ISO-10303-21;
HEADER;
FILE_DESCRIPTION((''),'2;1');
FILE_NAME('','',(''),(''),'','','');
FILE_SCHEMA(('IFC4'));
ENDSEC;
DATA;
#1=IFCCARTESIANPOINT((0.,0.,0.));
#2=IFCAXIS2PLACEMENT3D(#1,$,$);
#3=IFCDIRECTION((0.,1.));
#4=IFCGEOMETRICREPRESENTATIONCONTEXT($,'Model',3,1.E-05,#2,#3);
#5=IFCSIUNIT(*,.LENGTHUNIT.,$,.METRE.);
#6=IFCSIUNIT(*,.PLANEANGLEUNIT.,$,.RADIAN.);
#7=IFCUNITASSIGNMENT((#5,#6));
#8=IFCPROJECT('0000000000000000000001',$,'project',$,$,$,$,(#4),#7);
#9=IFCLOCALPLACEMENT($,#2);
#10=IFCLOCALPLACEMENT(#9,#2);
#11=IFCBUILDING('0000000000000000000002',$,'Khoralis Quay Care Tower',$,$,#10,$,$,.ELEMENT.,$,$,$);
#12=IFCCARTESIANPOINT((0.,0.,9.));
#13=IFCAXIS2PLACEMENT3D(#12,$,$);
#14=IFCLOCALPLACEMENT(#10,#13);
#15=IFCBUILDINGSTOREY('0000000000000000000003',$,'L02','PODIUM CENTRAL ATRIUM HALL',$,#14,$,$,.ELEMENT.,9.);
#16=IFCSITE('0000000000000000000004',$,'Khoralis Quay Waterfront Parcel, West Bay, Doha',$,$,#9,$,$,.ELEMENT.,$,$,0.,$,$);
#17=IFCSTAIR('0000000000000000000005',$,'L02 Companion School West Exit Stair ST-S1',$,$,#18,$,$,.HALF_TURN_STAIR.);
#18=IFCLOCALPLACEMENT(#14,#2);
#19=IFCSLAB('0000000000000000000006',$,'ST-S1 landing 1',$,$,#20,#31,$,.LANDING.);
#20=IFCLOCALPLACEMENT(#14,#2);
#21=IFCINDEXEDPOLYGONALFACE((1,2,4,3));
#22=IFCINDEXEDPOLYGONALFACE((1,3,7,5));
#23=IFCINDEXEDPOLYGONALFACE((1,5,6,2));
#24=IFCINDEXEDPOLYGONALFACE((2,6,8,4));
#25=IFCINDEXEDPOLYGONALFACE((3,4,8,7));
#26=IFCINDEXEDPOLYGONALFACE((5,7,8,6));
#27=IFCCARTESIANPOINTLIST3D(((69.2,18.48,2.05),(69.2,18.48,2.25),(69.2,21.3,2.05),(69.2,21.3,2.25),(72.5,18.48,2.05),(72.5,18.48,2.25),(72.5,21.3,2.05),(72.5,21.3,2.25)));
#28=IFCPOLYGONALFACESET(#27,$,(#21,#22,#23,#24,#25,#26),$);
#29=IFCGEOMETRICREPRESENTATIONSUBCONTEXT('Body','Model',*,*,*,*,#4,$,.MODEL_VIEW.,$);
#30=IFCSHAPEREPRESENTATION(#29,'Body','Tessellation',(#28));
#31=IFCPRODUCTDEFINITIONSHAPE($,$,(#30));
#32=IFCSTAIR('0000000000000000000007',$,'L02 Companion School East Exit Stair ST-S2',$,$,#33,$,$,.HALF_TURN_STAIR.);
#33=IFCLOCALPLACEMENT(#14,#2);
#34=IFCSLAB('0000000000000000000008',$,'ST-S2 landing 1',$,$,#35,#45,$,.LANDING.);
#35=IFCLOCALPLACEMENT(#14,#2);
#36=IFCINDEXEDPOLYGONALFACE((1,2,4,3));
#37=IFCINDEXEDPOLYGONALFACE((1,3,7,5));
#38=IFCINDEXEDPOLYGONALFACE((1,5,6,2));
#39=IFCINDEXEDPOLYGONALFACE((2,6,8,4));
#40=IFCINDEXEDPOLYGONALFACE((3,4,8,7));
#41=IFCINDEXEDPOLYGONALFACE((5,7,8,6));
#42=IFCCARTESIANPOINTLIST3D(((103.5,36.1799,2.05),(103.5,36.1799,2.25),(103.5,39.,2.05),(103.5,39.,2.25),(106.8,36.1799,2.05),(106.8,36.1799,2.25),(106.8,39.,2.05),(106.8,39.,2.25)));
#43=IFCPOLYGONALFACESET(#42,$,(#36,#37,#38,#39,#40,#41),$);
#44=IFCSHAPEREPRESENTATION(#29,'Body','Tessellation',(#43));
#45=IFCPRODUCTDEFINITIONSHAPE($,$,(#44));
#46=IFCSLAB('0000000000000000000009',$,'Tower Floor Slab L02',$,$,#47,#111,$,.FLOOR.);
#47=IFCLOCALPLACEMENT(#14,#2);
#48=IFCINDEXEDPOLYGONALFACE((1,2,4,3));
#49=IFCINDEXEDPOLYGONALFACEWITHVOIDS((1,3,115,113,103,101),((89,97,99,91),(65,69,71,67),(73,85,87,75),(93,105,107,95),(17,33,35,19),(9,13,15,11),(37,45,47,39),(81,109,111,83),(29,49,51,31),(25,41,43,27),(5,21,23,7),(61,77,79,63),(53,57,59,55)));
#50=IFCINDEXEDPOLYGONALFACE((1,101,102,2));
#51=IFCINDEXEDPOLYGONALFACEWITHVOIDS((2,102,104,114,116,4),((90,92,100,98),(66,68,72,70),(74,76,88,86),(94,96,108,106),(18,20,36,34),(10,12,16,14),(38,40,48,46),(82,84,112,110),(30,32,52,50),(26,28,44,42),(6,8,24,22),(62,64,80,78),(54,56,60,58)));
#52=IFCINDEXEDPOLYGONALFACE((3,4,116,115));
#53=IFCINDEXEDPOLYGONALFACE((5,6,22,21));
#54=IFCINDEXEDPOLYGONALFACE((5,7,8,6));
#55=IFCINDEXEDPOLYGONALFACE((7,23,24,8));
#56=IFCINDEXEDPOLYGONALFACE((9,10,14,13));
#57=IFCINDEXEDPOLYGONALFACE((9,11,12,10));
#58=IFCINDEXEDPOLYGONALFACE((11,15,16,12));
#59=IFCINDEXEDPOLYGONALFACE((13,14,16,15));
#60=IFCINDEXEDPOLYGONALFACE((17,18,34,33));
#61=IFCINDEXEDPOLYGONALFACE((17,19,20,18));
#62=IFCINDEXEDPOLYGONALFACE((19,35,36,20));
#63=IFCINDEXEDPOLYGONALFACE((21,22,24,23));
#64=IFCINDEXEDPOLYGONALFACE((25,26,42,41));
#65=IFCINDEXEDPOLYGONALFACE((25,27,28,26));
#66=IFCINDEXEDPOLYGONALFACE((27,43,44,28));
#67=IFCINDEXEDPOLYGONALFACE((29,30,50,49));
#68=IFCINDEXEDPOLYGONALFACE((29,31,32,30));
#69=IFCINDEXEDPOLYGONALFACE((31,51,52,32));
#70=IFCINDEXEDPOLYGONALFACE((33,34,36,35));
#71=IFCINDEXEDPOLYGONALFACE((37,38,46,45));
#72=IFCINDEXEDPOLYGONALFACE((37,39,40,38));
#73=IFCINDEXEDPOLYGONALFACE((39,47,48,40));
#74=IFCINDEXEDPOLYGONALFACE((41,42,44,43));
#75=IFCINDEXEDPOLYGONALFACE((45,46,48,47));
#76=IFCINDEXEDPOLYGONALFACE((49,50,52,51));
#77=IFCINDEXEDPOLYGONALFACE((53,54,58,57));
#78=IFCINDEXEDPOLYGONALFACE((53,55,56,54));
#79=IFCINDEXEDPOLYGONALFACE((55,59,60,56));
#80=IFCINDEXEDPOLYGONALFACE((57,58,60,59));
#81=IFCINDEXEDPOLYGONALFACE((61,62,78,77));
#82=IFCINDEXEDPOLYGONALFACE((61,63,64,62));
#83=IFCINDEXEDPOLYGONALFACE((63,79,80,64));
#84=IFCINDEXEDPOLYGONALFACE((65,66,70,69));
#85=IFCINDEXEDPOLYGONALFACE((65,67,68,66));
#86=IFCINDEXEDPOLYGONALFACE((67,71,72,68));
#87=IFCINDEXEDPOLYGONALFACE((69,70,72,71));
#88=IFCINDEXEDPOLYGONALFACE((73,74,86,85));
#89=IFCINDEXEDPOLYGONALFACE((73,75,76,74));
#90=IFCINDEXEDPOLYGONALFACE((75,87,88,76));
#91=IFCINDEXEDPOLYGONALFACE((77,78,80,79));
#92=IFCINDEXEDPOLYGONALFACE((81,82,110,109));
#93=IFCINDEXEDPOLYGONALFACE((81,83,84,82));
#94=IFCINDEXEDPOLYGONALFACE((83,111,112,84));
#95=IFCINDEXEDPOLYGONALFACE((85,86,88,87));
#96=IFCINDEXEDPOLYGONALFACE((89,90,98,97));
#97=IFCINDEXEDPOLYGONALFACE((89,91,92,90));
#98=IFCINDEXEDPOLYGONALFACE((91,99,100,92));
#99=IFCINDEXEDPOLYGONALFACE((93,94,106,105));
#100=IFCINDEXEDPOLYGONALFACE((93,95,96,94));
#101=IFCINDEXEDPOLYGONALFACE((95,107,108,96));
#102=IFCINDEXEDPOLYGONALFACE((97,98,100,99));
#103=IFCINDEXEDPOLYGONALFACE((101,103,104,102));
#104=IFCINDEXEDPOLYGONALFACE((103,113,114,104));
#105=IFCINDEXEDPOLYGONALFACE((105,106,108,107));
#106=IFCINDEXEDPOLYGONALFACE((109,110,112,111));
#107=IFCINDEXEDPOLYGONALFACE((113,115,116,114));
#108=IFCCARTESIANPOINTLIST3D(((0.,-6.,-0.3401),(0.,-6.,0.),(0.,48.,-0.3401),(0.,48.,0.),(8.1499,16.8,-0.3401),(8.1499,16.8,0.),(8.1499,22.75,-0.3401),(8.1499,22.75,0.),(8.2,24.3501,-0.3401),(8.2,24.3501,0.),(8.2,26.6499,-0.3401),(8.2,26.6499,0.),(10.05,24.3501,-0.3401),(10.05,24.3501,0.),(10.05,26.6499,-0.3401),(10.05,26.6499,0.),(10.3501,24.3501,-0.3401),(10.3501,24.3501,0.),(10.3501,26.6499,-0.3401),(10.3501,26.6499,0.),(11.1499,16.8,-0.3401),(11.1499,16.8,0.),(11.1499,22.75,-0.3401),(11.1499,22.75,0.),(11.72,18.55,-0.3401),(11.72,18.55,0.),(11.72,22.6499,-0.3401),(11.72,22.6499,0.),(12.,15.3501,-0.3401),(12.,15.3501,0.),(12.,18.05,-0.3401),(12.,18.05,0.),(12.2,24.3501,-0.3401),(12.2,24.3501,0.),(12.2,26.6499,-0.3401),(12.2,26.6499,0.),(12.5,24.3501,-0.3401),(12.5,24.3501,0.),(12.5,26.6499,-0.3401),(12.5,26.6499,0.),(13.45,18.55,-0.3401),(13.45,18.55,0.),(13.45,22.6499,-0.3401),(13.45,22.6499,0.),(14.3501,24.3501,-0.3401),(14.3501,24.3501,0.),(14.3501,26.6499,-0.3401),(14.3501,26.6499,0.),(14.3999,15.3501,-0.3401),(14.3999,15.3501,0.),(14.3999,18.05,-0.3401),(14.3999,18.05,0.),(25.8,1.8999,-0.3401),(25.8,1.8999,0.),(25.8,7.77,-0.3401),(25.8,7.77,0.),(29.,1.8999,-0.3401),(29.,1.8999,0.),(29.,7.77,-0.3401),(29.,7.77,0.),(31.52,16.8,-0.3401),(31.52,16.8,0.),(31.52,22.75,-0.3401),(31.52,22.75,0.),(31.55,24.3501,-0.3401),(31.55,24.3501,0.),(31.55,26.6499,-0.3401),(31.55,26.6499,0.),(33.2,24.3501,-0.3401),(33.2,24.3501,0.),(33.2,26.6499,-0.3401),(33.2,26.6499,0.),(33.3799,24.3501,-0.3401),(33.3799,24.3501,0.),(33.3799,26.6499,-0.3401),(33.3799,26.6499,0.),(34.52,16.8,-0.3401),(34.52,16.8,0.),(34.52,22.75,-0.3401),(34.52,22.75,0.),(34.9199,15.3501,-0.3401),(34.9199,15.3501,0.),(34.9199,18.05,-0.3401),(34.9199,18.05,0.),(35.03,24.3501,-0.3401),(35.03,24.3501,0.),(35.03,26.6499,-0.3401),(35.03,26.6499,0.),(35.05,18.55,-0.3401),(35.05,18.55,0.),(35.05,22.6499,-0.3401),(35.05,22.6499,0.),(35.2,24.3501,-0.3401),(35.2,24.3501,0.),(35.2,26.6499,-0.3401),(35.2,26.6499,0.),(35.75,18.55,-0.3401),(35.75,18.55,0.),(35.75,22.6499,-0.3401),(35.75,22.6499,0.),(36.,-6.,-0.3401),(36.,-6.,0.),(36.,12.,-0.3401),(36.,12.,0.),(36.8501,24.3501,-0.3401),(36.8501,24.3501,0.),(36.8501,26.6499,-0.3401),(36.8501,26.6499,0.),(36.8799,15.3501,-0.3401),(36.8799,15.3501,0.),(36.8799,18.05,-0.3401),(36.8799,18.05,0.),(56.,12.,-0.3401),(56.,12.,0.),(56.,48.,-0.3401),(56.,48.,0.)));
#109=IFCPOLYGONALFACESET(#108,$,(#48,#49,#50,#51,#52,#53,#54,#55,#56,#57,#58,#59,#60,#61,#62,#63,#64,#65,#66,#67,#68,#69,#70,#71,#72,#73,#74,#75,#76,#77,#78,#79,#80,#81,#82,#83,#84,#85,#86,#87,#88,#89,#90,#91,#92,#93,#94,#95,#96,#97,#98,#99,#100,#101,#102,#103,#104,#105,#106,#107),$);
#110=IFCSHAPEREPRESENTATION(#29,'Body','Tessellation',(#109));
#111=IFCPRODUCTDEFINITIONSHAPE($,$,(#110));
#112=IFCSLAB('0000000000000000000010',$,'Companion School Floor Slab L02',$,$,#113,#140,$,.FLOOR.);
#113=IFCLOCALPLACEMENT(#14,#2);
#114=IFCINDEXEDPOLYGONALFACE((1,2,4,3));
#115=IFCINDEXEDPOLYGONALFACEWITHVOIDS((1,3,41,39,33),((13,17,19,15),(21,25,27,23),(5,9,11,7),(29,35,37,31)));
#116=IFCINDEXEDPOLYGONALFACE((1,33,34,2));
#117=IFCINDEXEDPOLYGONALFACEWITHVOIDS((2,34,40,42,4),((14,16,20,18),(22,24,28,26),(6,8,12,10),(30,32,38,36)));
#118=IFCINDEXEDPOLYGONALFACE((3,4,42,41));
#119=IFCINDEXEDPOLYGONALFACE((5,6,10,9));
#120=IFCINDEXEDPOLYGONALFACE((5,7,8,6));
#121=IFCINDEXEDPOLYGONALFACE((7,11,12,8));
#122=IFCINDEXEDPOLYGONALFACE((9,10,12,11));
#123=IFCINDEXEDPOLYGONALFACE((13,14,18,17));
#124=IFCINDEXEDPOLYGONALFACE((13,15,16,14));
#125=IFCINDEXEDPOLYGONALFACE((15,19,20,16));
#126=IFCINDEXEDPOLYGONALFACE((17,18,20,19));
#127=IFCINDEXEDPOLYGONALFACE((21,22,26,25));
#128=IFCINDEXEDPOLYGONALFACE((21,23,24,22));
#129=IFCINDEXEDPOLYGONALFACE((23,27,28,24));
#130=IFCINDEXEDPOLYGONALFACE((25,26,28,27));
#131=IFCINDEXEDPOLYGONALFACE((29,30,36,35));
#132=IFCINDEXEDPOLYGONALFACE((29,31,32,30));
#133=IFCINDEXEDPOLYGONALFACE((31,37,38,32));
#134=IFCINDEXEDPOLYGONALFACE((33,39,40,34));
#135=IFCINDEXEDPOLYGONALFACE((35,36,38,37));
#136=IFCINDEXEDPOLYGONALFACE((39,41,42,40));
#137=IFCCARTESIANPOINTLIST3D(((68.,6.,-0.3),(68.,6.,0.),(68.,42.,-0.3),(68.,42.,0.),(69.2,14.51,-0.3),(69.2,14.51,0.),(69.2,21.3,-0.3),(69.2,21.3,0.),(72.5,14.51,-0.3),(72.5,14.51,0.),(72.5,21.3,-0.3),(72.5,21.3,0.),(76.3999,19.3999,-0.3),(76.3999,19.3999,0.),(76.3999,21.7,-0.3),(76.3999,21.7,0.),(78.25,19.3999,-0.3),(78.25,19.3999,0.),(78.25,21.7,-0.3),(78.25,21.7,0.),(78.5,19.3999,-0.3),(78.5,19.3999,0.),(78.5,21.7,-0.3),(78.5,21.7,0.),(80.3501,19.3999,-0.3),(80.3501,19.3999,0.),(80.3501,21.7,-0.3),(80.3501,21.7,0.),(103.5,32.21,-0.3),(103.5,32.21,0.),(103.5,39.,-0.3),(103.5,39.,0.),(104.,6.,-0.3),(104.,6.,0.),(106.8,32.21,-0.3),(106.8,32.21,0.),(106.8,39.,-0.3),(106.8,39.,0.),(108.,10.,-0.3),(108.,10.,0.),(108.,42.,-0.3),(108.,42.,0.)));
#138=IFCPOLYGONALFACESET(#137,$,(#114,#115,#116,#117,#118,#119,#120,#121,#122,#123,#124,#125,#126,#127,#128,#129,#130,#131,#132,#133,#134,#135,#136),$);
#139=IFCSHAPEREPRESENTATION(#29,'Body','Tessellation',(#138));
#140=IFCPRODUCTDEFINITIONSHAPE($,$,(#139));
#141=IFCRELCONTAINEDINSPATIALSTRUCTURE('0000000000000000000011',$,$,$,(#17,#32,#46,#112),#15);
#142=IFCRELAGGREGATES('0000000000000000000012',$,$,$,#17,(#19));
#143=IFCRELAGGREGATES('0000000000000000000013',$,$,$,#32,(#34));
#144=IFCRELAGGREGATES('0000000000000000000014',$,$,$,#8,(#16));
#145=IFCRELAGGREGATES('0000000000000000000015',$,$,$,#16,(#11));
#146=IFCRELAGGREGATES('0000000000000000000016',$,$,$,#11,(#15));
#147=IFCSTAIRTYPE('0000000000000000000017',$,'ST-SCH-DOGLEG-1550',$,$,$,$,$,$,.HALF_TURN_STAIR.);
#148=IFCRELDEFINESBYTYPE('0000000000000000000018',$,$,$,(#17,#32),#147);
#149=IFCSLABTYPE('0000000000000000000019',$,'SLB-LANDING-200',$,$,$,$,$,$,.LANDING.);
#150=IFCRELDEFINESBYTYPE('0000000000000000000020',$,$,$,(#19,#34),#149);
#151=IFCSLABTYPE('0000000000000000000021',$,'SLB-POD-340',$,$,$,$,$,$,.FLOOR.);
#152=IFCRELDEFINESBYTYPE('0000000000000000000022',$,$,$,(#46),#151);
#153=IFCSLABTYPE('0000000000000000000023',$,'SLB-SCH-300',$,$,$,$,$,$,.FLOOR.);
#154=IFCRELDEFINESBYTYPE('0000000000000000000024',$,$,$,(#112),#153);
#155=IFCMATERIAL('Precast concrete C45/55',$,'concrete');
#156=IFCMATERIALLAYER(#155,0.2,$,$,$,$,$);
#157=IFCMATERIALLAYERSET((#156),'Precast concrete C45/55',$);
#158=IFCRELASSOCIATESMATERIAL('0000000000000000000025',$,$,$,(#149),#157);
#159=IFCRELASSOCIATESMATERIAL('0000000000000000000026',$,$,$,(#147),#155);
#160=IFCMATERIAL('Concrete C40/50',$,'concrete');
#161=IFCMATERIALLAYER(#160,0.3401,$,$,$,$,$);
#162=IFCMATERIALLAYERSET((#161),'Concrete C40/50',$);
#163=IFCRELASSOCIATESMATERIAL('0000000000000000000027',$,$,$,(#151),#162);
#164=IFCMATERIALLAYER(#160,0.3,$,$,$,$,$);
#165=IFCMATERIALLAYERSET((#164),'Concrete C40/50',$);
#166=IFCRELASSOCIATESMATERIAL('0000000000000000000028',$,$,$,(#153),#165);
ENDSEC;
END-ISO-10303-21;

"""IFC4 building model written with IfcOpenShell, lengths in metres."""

from ifc_helpers import new_model, si_unit, direction, frame, origin, place, context, subcontext, project, spatial, polyline, outline, extrude, material, layer, layer_set, type_object, element, aggregate, save


model = new_model("IFC4")

# Units and contexts
model_context = context("Model", 3, precision=1e-05, world=origin(), true_north=direction((0.0, 1.0)))
body_context = subcontext(model_context, "Body", "Model", "MODEL_VIEW")
ifc_project = project(units=[si_unit("LENGTHUNIT", "METRE"), si_unit("PLANEANGLEUNIT", "RADIAN")], contexts=[model_context])

# Site, building, storey
site_placement = place(None, origin())
site = spatial("IfcSite", under=ifc_project, at=site_placement, Name="Khoralis Quay Waterfront Parcel, West Bay, Doha", CompositionType="ELEMENT", RefElevation=0.0)
building_placement = place(site_placement, origin())
building = spatial("IfcBuilding", under=site, at=building_placement, Name="Khoralis Quay Care Tower", CompositionType="ELEMENT")
storey_placement = place(building_placement, frame((0.0, 0.0, 9.0)))
storey = spatial("IfcBuildingStorey", under=building, at=storey_placement, Name="L02", Description="PODIUM CENTRAL ATRIUM HALL", CompositionType="ELEMENT", Elevation=9.0)

# Stairs, slabs
ifc_material_1 = material(Name="Precast concrete C45/55", Category="concrete")
ifc_layer_1 = layer(ifc_material_1, 0.2)
ifc_layer_set_1 = layer_set([ifc_layer_1], Name="Precast concrete C45/55")
slab_type_1 = type_object("IfcSlabType", Name="SLB-LANDING-200", PredefinedType="LANDING", material=ifc_layer_set_1)
stair_type_1 = type_object("IfcStairType", Name="ST-SCH-DOGLEG-1550", PredefinedType="HALF_TURN_STAIR", material=ifc_material_1)
stair_1_placement = place(storey_placement, origin())
stair_1 = element("IfcStair", 1, at=stair_1_placement, inside=storey, type_object=stair_type_1, Name="L02 Companion School West Exit Stair ST-S1", PredefinedType="HALF_TURN_STAIR")
slab_1_placement = place(storey_placement, frame((0.0, 0.0, 2.05)))
slab_1 = element("IfcSlab", 2, at=slab_1_placement, type_object=slab_type_1, Name="ST-S1 landing 1", PredefinedType="LANDING", context=body_context, shape_type="SweptSolid", body=[
    extrude(outline(polyline([(72.5, 18.48), (72.5, 21.3), (69.2, 21.3), (69.2, 18.48), (72.5, 18.48)])), origin(), (0.0, 0.0, 1.0), 0.2),
])
aggregate(stair_1, [slab_1])
stair_2_placement = place(storey_placement, origin())
stair_2 = element("IfcStair", 3, at=stair_2_placement, inside=storey, type_object=stair_type_1, Name="L02 Companion School East Exit Stair ST-S2", PredefinedType="HALF_TURN_STAIR")
slab_2_placement = place(storey_placement, frame((0.0, 0.0, 2.05)))
slab_2 = element("IfcSlab", 4, at=slab_2_placement, type_object=slab_type_1, Name="ST-S2 landing 1", PredefinedType="LANDING", context=body_context, shape_type="SweptSolid", body=[
    extrude(outline(polyline([(106.8, 36.1799), (106.8, 39.0), (103.5, 39.0), (103.5, 36.1799), (106.8, 36.1799)])), origin(), (0.0, 0.0, 1.0), 0.2),
])
aggregate(stair_2, [slab_2])

# Slabs
ifc_material_2 = material(Name="Concrete C40/50", Category="concrete")
ifc_layer_2 = layer(ifc_material_2, 0.3401)
ifc_layer_set_2 = layer_set([ifc_layer_2], Name="Concrete C40/50")
slab_type_2 = type_object("IfcSlabType", Name="SLB-POD-340", PredefinedType="FLOOR", material=ifc_layer_set_2)
slab_3_placement = place(storey_placement, frame((0.0, 0.0, -0.3401)))
element("IfcSlab", 5, at=slab_3_placement, inside=storey, type_object=slab_type_2, Name="Tower Floor Slab L02", PredefinedType="FLOOR", context=body_context, shape_type="SweptSolid", body=[
    extrude(outline(polyline([(0.0, -6.0), (36.0, -6.0), (36.0, 12.0), (56.0, 12.0), (56.0, 48.0), (0.0, 48.0), (0.0, -6.0)]), holes=[polyline([(11.1499, 16.8), (11.1499, 22.75), (8.1499, 22.75), (8.1499, 16.8), (11.1499, 16.8)]), polyline([(34.52, 16.8), (34.52, 22.75), (31.52, 22.75), (31.52, 16.8), (34.52, 16.8)]), polyline([(25.8, 7.77), (25.8, 1.8999), (29.0, 1.8999), (29.0, 7.77), (25.8, 7.77)]), polyline([(12.0, 15.3501), (14.3999, 15.3501), (14.3999, 18.05), (12.0, 18.05), (12.0, 15.3501)]), polyline([(34.9199, 15.3501), (36.8799, 15.3501), (36.8799, 18.05), (34.9199, 18.05), (34.9199, 15.3501)]), polyline([(8.2, 24.3501), (10.05, 24.3501), (10.05, 26.6499), (8.2, 26.6499), (8.2, 24.3501)]), polyline([(31.55, 24.3501), (33.2, 24.3501), (33.2, 26.6499), (31.55, 26.6499), (31.55, 24.3501)]), polyline([(10.3501, 24.3501), (12.2, 24.3501), (12.2, 26.6499), (10.3501, 26.6499), (10.3501, 24.3501)]), polyline([(33.3799, 24.3501), (35.03, 24.3501), (35.03, 26.6499), (33.3799, 26.6499), (33.3799, 24.3501)]), polyline([(12.5, 24.3501), (14.3501, 24.3501), (14.3501, 26.6499), (12.5, 26.6499), (12.5, 24.3501)]), polyline([(35.2, 24.3501), (36.8501, 24.3501), (36.8501, 26.6499), (35.2, 26.6499), (35.2, 24.3501)]), polyline([(11.72, 18.55), (13.45, 18.55), (13.45, 22.6499), (11.72, 22.6499), (11.72, 18.55)]), polyline([(35.05, 18.55), (35.75, 18.55), (35.75, 22.6499), (35.05, 22.6499), (35.05, 18.55)])]), origin(), (0.0, 0.0, 1.0), 0.3401),
])
ifc_layer_3 = layer(ifc_material_2, 0.3)
ifc_layer_set_3 = layer_set([ifc_layer_3], Name="Concrete C40/50")
slab_type_3 = type_object("IfcSlabType", Name="SLB-SCH-300", PredefinedType="FLOOR", material=ifc_layer_set_3)
slab_4_placement = place(storey_placement, frame((0.0, 0.0, -0.3)))
element("IfcSlab", 6, at=slab_4_placement, inside=storey, type_object=slab_type_3, Name="Companion School Floor Slab L02", PredefinedType="FLOOR", context=body_context, shape_type="SweptSolid", body=[
    extrude(outline(polyline([(68.0, 6.0), (104.0, 6.0), (108.0, 10.0), (108.0, 42.0), (68.0, 42.0), (68.0, 6.0)]), holes=[polyline([(72.5, 14.51), (72.5, 21.3), (69.2, 21.3), (69.2, 14.51), (72.5, 14.51)]), polyline([(106.8, 32.21), (106.8, 39.0), (103.5, 39.0), (103.5, 32.21), (106.8, 32.21)]), polyline([(76.3999, 19.3999), (78.25, 19.3999), (78.25, 21.7), (76.3999, 21.7), (76.3999, 19.3999)]), polyline([(78.5, 19.3999), (80.3501, 19.3999), (80.3501, 21.7), (78.5, 21.7), (78.5, 19.3999)])]), origin(), (0.0, 0.0, 1.0), 0.3),
])

save(model, "model.ifc")
